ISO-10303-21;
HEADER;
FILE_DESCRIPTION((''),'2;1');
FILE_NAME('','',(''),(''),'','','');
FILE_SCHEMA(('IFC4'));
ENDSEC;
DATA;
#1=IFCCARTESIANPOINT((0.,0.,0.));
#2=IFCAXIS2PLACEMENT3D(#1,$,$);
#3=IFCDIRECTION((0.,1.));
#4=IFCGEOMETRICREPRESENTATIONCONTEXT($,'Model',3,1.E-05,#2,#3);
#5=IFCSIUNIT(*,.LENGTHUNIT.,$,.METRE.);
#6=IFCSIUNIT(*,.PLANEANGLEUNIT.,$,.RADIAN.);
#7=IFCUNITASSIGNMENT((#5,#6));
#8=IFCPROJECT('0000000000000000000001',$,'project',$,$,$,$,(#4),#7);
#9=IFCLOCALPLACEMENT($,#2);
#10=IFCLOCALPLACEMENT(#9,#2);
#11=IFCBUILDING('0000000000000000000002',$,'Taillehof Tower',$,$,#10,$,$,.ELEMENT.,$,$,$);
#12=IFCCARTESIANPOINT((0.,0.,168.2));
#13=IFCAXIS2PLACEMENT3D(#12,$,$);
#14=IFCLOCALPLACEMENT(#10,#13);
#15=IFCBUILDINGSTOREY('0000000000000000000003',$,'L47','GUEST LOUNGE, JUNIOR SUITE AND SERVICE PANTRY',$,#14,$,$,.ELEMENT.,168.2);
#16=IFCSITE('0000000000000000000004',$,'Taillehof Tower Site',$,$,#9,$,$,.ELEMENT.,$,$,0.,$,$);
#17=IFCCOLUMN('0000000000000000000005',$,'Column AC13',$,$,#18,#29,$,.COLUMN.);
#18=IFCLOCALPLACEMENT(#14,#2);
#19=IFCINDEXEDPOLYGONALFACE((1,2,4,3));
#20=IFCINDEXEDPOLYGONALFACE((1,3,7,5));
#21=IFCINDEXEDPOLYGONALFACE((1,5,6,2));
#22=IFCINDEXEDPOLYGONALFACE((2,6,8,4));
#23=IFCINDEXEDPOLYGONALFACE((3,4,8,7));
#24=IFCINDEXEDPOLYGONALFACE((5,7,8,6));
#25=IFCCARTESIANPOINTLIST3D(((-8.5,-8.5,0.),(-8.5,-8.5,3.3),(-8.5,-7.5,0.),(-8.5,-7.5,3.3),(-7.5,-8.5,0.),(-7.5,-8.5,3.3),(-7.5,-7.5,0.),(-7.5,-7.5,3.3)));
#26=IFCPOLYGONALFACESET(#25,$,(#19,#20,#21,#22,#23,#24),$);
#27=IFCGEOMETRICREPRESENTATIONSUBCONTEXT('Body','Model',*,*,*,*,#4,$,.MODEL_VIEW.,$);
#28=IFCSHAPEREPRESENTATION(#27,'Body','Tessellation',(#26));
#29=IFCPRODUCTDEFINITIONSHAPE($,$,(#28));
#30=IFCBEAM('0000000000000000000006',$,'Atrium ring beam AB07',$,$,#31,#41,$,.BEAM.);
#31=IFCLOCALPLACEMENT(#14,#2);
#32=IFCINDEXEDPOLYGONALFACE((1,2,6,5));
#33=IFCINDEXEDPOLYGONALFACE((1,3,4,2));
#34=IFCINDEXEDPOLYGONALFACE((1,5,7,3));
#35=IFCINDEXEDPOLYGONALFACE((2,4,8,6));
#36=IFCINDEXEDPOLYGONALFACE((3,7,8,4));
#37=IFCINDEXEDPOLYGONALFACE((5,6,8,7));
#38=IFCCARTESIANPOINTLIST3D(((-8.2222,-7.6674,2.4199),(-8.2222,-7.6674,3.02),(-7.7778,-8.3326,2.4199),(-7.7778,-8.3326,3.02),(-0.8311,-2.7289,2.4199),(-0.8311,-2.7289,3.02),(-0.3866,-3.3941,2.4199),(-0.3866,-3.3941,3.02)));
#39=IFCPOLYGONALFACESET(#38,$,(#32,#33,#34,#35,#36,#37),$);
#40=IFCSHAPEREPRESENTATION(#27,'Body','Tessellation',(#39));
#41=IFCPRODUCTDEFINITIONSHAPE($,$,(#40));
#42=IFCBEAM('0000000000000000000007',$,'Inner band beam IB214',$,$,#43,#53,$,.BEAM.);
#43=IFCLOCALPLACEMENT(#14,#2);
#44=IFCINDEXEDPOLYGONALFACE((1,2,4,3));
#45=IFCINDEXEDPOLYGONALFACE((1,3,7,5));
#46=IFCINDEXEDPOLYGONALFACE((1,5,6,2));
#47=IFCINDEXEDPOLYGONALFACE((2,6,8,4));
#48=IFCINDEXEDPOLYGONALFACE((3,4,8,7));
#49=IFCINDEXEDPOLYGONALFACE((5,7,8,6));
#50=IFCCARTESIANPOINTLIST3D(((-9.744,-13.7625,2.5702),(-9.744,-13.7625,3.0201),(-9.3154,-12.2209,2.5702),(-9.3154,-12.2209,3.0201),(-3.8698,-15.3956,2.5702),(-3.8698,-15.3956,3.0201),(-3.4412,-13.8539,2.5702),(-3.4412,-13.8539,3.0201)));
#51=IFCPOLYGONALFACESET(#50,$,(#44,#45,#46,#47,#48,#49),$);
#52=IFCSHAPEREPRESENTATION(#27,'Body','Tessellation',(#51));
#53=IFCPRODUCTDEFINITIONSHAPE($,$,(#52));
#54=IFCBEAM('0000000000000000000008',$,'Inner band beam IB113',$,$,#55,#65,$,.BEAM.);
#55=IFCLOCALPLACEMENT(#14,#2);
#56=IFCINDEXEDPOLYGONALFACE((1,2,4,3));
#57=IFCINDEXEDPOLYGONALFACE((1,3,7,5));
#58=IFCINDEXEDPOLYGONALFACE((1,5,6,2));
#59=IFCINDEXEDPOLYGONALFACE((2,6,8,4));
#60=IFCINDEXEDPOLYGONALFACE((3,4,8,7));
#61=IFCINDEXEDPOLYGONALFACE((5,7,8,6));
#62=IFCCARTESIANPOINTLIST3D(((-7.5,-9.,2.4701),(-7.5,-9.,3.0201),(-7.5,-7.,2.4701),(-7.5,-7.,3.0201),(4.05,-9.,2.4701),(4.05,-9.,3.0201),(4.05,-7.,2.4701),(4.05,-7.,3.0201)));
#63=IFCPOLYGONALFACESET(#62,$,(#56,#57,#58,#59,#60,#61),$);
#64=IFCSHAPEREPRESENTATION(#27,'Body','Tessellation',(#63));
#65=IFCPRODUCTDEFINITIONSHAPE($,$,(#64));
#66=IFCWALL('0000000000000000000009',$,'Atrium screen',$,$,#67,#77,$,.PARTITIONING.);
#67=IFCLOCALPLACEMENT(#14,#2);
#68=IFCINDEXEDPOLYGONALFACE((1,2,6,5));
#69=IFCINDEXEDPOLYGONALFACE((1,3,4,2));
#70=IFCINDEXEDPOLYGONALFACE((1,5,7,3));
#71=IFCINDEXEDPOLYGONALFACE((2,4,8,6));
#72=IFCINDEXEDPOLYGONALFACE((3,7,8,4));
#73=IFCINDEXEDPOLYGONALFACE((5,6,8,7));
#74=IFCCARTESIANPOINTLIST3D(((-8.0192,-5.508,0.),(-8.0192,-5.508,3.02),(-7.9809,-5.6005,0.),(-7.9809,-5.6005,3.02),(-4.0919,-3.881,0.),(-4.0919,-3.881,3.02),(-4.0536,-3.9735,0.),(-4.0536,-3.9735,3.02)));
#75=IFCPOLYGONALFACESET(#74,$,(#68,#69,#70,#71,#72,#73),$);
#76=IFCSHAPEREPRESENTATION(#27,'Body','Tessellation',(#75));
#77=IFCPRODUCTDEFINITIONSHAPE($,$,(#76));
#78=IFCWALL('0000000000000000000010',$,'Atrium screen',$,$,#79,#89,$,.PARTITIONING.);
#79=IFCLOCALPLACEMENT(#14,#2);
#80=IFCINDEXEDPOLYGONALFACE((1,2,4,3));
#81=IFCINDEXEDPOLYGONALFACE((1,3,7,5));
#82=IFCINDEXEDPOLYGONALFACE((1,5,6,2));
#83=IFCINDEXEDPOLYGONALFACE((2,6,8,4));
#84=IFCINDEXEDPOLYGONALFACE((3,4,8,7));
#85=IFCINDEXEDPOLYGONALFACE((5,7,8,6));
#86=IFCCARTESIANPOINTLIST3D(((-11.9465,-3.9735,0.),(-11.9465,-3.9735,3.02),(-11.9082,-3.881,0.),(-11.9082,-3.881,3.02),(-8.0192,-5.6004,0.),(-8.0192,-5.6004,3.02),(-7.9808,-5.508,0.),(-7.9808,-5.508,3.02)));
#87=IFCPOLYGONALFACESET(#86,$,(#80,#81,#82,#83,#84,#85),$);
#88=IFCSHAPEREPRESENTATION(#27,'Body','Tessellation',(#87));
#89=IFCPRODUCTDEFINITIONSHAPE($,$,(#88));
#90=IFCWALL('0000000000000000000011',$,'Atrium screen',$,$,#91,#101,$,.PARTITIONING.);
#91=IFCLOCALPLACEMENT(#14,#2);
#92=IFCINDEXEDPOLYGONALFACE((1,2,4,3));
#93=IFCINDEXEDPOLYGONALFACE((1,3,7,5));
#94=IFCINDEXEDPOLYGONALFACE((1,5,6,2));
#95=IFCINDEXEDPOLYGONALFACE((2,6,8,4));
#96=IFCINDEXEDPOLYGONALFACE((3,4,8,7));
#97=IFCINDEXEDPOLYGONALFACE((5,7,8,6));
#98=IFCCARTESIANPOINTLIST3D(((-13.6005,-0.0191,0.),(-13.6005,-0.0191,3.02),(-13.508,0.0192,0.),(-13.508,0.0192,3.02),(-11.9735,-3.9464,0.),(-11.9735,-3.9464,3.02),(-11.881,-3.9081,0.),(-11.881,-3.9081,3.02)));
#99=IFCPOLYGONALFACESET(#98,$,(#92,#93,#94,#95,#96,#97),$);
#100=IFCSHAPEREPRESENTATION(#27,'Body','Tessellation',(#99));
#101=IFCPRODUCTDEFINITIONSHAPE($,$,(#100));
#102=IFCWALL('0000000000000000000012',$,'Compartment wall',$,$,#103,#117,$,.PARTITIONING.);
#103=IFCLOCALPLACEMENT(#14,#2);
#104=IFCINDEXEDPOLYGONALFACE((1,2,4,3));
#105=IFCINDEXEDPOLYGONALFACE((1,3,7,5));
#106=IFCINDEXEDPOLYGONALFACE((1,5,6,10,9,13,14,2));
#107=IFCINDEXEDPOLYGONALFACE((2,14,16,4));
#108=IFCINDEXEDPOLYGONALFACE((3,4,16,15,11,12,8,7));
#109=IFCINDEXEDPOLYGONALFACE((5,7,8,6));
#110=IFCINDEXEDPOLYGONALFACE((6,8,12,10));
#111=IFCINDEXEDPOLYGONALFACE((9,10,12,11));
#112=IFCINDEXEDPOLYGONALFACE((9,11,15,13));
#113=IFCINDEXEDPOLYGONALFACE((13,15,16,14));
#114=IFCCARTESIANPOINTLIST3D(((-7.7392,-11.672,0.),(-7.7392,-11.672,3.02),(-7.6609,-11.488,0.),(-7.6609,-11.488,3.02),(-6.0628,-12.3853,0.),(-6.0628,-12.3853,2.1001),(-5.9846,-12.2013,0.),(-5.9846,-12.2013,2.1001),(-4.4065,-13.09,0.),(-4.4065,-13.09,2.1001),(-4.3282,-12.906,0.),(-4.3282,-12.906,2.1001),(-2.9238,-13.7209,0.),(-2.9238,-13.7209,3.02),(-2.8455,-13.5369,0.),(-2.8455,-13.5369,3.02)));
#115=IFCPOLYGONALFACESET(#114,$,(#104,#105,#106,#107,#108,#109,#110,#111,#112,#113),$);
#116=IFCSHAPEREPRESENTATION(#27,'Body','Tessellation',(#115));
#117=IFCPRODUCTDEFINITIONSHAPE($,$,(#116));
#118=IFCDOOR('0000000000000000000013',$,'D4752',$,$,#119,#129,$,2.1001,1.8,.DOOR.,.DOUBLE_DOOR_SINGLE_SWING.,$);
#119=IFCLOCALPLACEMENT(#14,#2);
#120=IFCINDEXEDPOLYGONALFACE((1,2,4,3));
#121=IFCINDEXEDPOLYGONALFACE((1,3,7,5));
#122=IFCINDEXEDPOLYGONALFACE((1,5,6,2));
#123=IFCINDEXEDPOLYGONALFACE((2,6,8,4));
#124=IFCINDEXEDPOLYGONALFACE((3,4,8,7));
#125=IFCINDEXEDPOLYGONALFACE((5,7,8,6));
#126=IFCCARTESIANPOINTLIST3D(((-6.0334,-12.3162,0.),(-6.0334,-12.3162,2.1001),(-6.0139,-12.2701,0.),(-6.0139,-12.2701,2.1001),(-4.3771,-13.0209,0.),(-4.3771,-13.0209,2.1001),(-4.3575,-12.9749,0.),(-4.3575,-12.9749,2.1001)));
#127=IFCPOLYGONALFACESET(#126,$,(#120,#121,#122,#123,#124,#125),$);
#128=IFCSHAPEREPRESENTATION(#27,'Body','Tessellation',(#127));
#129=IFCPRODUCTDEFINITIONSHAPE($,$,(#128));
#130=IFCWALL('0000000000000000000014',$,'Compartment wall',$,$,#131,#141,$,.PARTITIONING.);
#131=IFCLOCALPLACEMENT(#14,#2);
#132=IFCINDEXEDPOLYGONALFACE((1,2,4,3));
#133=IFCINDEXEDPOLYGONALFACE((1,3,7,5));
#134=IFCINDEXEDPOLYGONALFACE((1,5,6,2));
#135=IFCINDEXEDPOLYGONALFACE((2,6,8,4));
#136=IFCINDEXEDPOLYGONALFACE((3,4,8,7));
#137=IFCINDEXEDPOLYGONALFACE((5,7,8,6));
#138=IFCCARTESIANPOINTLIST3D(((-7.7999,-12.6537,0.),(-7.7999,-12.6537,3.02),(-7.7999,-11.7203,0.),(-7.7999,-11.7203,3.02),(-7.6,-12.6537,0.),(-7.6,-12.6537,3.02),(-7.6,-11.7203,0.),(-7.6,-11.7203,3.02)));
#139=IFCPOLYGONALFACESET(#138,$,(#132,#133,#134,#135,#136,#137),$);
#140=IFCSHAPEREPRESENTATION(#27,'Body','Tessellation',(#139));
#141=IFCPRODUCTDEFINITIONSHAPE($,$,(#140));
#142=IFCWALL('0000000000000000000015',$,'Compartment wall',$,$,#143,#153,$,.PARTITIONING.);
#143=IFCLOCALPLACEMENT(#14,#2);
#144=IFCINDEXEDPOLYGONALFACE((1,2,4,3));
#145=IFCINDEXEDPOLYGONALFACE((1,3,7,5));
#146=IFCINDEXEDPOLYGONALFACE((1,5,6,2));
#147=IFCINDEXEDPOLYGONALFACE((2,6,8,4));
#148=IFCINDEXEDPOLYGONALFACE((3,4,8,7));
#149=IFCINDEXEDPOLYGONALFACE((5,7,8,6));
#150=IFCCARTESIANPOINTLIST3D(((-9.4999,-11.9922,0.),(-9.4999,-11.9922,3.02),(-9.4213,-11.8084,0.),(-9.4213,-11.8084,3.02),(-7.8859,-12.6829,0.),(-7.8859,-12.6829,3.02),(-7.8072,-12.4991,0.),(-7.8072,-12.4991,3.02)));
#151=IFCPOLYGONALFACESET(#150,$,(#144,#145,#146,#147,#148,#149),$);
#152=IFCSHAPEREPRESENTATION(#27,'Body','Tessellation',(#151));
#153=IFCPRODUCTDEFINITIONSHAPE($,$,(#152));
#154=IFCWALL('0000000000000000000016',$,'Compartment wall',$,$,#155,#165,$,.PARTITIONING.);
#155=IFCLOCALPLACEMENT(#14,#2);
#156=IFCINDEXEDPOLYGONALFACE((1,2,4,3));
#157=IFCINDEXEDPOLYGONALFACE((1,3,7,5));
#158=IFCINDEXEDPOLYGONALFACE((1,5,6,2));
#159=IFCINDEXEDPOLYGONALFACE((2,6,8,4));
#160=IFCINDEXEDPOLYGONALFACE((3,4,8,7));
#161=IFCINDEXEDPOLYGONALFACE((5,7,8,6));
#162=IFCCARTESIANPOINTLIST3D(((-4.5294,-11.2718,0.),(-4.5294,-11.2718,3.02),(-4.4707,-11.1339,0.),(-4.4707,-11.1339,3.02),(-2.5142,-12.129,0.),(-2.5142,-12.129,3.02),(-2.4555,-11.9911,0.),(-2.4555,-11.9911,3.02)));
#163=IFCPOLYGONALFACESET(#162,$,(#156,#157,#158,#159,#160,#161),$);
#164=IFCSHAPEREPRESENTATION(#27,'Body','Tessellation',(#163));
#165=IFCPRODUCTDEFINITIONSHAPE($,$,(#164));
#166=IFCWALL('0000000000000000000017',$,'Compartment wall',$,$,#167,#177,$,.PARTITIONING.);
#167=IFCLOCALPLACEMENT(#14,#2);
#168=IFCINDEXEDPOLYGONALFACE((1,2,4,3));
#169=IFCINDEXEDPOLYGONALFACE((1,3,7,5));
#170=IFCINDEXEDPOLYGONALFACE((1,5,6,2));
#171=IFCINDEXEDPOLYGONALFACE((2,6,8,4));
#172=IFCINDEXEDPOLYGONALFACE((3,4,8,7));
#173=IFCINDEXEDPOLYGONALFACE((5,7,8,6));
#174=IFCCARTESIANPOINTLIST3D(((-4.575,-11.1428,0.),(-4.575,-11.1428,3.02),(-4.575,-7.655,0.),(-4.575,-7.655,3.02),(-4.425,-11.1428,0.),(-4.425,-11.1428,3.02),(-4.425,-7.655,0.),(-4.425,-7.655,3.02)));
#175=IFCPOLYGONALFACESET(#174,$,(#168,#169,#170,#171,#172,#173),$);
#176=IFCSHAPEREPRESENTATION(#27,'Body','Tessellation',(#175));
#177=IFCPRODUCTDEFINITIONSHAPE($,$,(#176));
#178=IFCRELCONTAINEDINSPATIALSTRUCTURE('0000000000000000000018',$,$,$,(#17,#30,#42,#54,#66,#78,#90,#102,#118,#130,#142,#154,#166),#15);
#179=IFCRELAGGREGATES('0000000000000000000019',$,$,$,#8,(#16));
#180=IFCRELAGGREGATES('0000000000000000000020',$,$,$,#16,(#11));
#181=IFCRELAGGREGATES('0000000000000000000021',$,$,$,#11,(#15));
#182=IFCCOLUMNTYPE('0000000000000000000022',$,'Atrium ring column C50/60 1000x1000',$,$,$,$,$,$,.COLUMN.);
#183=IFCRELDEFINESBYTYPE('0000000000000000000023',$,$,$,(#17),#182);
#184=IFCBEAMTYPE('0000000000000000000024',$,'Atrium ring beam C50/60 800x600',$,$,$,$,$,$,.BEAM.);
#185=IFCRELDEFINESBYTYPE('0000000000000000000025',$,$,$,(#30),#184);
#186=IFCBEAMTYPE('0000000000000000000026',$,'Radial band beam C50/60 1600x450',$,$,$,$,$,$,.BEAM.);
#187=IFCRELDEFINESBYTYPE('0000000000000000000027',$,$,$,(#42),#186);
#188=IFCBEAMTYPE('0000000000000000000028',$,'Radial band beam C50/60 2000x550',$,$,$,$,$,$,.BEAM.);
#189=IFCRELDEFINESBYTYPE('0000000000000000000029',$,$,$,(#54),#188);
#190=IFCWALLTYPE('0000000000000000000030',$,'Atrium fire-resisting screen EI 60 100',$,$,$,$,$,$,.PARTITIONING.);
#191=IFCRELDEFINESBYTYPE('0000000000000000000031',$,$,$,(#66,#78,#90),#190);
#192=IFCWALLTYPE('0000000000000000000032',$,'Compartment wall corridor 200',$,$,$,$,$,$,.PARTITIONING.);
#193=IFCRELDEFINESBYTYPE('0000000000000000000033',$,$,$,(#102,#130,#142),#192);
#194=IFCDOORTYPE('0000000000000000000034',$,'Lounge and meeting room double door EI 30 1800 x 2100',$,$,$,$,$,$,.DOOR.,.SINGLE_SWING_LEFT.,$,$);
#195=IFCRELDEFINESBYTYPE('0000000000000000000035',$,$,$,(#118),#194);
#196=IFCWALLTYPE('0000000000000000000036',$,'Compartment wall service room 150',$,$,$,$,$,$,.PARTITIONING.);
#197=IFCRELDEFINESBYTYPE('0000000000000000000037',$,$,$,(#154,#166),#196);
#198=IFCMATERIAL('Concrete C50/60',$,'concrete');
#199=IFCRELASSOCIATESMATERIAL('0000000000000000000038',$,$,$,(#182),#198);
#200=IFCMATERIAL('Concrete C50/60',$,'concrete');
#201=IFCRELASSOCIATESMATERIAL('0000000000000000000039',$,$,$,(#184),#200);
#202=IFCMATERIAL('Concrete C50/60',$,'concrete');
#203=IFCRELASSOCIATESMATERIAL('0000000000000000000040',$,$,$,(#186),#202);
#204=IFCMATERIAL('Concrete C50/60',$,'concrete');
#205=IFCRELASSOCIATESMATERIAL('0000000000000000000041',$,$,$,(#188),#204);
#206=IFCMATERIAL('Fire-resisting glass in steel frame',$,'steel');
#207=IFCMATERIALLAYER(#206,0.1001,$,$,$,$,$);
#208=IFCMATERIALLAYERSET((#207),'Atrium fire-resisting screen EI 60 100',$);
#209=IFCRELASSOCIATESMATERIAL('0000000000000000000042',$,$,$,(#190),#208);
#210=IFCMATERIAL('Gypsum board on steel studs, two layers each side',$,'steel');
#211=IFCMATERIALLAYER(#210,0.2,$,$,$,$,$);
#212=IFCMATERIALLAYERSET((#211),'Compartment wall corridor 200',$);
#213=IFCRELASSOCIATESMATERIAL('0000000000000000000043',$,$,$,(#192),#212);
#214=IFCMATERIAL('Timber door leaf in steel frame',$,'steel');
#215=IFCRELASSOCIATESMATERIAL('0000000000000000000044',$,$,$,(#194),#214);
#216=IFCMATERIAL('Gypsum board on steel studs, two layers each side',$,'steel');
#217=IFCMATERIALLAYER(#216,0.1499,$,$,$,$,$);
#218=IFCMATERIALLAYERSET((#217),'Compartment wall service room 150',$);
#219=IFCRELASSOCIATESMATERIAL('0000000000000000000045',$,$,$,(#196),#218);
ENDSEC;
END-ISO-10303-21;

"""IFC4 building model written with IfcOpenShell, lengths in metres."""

from ifc_helpers import new_model, si_unit, direction, frame, frame_2d, origin, origin_2d, place, context, subcontext, project, spatial, rectangle, extrude, material, layer, layer_set, material_profile, profile_set, type_object, element, fill, save


model = new_model("IFC4")

# Units and contexts
model_context = context("Model", 3, precision=1e-05, world=origin(), true_north=direction((0.0, 1.0)))
body_context = subcontext(model_context, "Body", "Model", "MODEL_VIEW")
ifc_project = project(units=[si_unit("LENGTHUNIT", "METRE"), si_unit("PLANEANGLEUNIT", "RADIAN")], contexts=[model_context])

# Site, building, storey
site_placement = place(None, origin())
site = spatial("IfcSite", under=ifc_project, at=site_placement, Name="Taillehof Tower Site", CompositionType="ELEMENT", RefElevation=0.0)
building_placement = place(site_placement, origin())
building = spatial("IfcBuilding", under=site, at=building_placement, Name="Taillehof Tower", CompositionType="ELEMENT")
storey_placement = place(building_placement, frame((0.0, 0.0, 168.2)))
storey = spatial("IfcBuildingStorey", under=building, at=storey_placement, Name="L47", Description="GUEST LOUNGE, JUNIOR SUITE AND SERVICE PANTRY", CompositionType="ELEMENT", Elevation=168.2)

# Column
ifc_material_1 = material(Name="Concrete C50/60", Category="concrete")
ifc_material_profile_1 = material_profile(ifc_material_1, rectangle(XDim=1.0, YDim=1.0, at=origin_2d()), Name="RC 1000x1000")
ifc_profile_set_1 = profile_set([ifc_material_profile_1], Name="Concrete C50/60")
column_type = type_object("IfcColumnType", Name="Atrium ring column C50/60 1000x1000", PredefinedType="COLUMN", material=ifc_profile_set_1)
column_placement = place(storey_placement, frame((-8.0, -8.0, 0.0), z_axis=(0.0, 0.0, 1.0), x_axis=(1.0, 0.0, 0.0)))
element("IfcColumn", 1, at=column_placement, inside=storey, type_object=column_type, Name="Column AC13", PredefinedType="COLUMN", context=body_context, shape_type="SweptSolid", body=[
    extrude(rectangle(XDim=1.0, YDim=1.0, at=origin_2d()), origin(), (0.0, 0.0, 1.0), 3.3),
])

# Beams
ifc_material_2 = material(Name="Concrete C50/60", Category="concrete")
ifc_material_profile_2 = material_profile(ifc_material_2, rectangle(XDim=0.8, YDim=0.6001, at=origin_2d()), Name="RC 800x600")
ifc_profile_set_2 = profile_set([ifc_material_profile_2], Name="Concrete C50/60")
beam_type_1 = type_object("IfcBeamType", Name="Atrium ring beam C50/60 800x600", PredefinedType="BEAM", material=ifc_profile_set_2)
beam_1_placement = place(storey_placement, frame((-8.0, -8.0, 2.72), z_axis=(0.831475, 0.555562, 0.0), x_axis=(-0.555562, 0.831475, 0.0)))
element("IfcBeam", 2, at=beam_1_placement, inside=storey, type_object=beam_type_1, Name="Atrium ring beam AB07", PredefinedType="BEAM", context=body_context, shape_type="SweptSolid", body=[
    extrude(rectangle(XDim=0.8, YDim=0.6001, at=origin_2d()), origin(), (0.0, 0.0, 1.0), 8.8892),
])
ifc_material_3 = material(Name="Concrete C50/60", Category="concrete")
ifc_material_profile_3 = material_profile(ifc_material_3, rectangle(XDim=1.6001, YDim=0.45, at=origin_2d()), Name="RC 1600x450")
ifc_profile_set_3 = profile_set([ifc_material_profile_3], Name="Concrete C50/60")
beam_type_2 = type_object("IfcBeamType", Name="Radial band beam C50/60 1600x450", PredefinedType="BEAM", material=ifc_profile_set_3)
beam_2_placement = place(storey_placement, frame((-3.6555, -14.6248, 2.7952), z_axis=(-0.963459, 0.267855, 0.0), x_axis=(-0.267855, -0.963459, 0.0)))
element("IfcBeam", 3, at=beam_2_placement, inside=storey, type_object=beam_type_2, Name="Inner band beam IB214", PredefinedType="BEAM", context=body_context, shape_type="SweptSolid", body=[
    extrude(rectangle(XDim=1.6001, YDim=0.45, at=origin_2d()), origin(), (0.0, 0.0, 1.0), 6.0969),
])
ifc_material_4 = material(Name="Concrete C50/60", Category="concrete")
ifc_material_profile_4 = material_profile(ifc_material_4, rectangle(XDim=2.0, YDim=0.55, at=origin_2d()), Name="RC 2000x550")
ifc_profile_set_4 = profile_set([ifc_material_profile_4], Name="Concrete C50/60")
beam_type_3 = type_object("IfcBeamType", Name="Radial band beam C50/60 2000x550", PredefinedType="BEAM", material=ifc_profile_set_4)
beam_3_placement = place(storey_placement, frame((-7.5, -8.0, 2.7451), z_axis=(1.0, 0.0, 0.0), x_axis=(0.0, 1.0, 0.0)))
element("IfcBeam", 4, at=beam_3_placement, inside=storey, type_object=beam_type_3, Name="Inner band beam IB113", PredefinedType="BEAM", context=body_context, shape_type="SweptSolid", body=[
    extrude(rectangle(XDim=2.0, YDim=0.55, at=origin_2d()), origin(), (0.0, 0.0, 1.0), 11.55),
])

# Walls
ifc_material_5 = material(Name="Fire-resisting glass in steel frame", Category="steel")
ifc_layer_1 = layer(ifc_material_5, 0.1001)
ifc_layer_set_1 = layer_set([ifc_layer_1], Name="Atrium fire-resisting screen EI 60 100")
wall_type_1 = type_object("IfcWallType", Name="Atrium fire-resisting screen EI 60 100", PredefinedType="PARTITIONING", material=ifc_layer_set_1)
for number, where, z_axis, x_axis, name in (
    (5, (-4.0728, -3.9272, 0.0), (0.0, 0.0, 1.0), (-0.92386, -0.382731, 0.0), "Atrium screen"),
    (6, (-8.0, -5.5542, 0.0), (0.0, 0.0, 1.0), (-0.92386, 0.382731, 0.0), "Atrium screen"),
    (7, (-11.9272, -3.9272, 0.0), (0.0, 0.0, 1.0), (-0.382731, 0.92386, 0.0), "Atrium screen"),
):
    element("IfcWall", number, at=place(storey_placement, frame(where, z_axis=z_axis, x_axis=x_axis)), inside=storey, type_object=wall_type_1, Name=name, PredefinedType="PARTITIONING", context=body_context, shape_type="SweptSolid", body=[
        extrude(rectangle(XDim=4.251, YDim=0.1001, at=frame_2d((2.1255, 0.0))), origin(), (0.0, 0.0, 1.0), 3.02),
    ])

# Wall, opening, door
ifc_material_6 = material(Name="Gypsum board on steel studs, two layers each side", Category="steel")
ifc_layer_2 = layer(ifc_material_6, 0.2)
ifc_layer_set_2 = layer_set([ifc_layer_2], Name="Compartment wall corridor 200")
wall_type_2 = type_object("IfcWallType", Name="Compartment wall corridor 200", PredefinedType="PARTITIONING", material=ifc_layer_set_2)
wall_1_placement = place(storey_placement, frame((-2.8845, -13.6289, 0.0), z_axis=(0.0, 0.0, 1.0), x_axis=(-0.920175, 0.391508, 0.0)))
wall_1 = element("IfcWall", 8, at=wall_1_placement, inside=storey, type_object=wall_type_2, Name="Compartment wall", PredefinedType="PARTITIONING", context=body_context, shape_type="SweptSolid", body=[
    extrude(rectangle(XDim=5.2332, YDim=0.2, at=frame_2d((2.6167, 0.0))), origin(), (0.0, 0.0, 1.0), 3.02),
])
opening_1_placement = place(wall_1_placement, frame((1.6116, 0.0, 0.0)))
opening_1 = element("IfcOpeningElement", 9, at=opening_1_placement, cuts=wall_1, PredefinedType="OPENING", context=body_context, shape_type="SweptSolid", body=[
    extrude(rectangle(XDim=1.8, YDim=2.1001, at=frame_2d((0.8999, 1.05))), frame((0.0, 0.1099, 0.0), z_axis=(0.0, -1.0, 0.0), x_axis=(1.0, 0.0, 0.0)), (0.0, 0.0, 1.0), 0.22),
])
ifc_material_7 = material(Name="Timber door leaf in steel frame", Category="steel")
door_type_1 = type_object("IfcDoorType", Name="Lounge and meeting room double door EI 30 1800 x 2100", OperationType="SINGLE_SWING_LEFT", PredefinedType="DOOR", material=ifc_material_7)
door_1_placement = place(opening_1_placement, origin())
door_1 = element("IfcDoor", 10, at=door_1_placement, inside=storey, type_object=door_type_1, Name="D4752", OperationType="DOUBLE_DOOR_SINGLE_SWING", OverallHeight=2.1001, OverallWidth=1.8, PredefinedType="DOOR", context=body_context, shape_type="SweptSolid", body=[
    extrude(rectangle(XDim=1.8, YDim=2.1001, at=frame_2d((0.8999, 1.05))), frame((0.0, 0.0249, 0.0), z_axis=(0.0, -1.0, 0.0), x_axis=(1.0, 0.0, 0.0)), (0.0, 0.0, 1.0), 0.05),
])
fill(opening_1, door_1)

# Walls
wall_2_placement = place(storey_placement, frame((-7.7, -11.7202, 0.0), z_axis=(0.0, 0.0, 1.0), x_axis=(0.0, -1.0, 0.0)))
element("IfcWall", 11, at=wall_2_placement, inside=storey, type_object=wall_type_2, Name="Compartment wall", PredefinedType="PARTITIONING", context=body_context, shape_type="SweptSolid", body=[
    extrude(rectangle(XDim=0.9333, YDim=0.2, at=frame_2d((0.4668, 0.0))), origin(), (0.0, 0.0, 1.0), 3.02),
])
wall_3_placement = place(storey_placement, frame((-7.8464, -12.5911, 0.0), z_axis=(0.0, 0.0, 1.0), x_axis=(-0.919361, 0.393416, 0.0)))
element("IfcWall", 12, at=wall_3_placement, inside=storey, type_object=wall_type_2, Name="Compartment wall", PredefinedType="PARTITIONING", context=body_context, shape_type="SweptSolid", body=[
    extrude(rectangle(XDim=1.7556, YDim=0.2, at=frame_2d((0.8779, 0.0))), origin(), (0.0, 0.0, 1.0), 3.02),
])
ifc_material_8 = material(Name="Gypsum board on steel studs, two layers each side", Category="steel")
ifc_layer_3 = layer(ifc_material_8, 0.1499)
ifc_layer_set_3 = layer_set([ifc_layer_3], Name="Compartment wall service room 150")
wall_type_3 = type_object("IfcWallType", Name="Compartment wall service room 150", PredefinedType="PARTITIONING", material=ifc_layer_set_3)
wall_4_placement = place(storey_placement, frame((-2.4849, -12.0601, 0.0), z_axis=(0.0, 0.0, 1.0), x_axis=(-0.920208, 0.391429, 0.0)))
element("IfcWall", 13, at=wall_4_placement, inside=storey, type_object=wall_type_3, Name="Compartment wall", PredefinedType="PARTITIONING", context=body_context, shape_type="SweptSolid", body=[
    extrude(rectangle(XDim=2.1899, YDim=0.1499, at=frame_2d((1.095, 0.0))), origin(), (0.0, 0.0, 1.0), 3.02),
])
wall_5_placement = place(storey_placement, frame((-4.5, -11.1428, 0.0), z_axis=(0.0, 0.0, 1.0), x_axis=(0.0, 1.0, 0.0)))
element("IfcWall", 14, at=wall_5_placement, inside=storey, type_object=wall_type_3, Name="Compartment wall", PredefinedType="PARTITIONING", context=body_context, shape_type="SweptSolid", body=[
    extrude(rectangle(XDim=3.4878, YDim=0.1499, at=frame_2d((1.7439, 0.0))), origin(), (0.0, 0.0, 1.0), 3.02),
])

save(model, "model.ifc")
